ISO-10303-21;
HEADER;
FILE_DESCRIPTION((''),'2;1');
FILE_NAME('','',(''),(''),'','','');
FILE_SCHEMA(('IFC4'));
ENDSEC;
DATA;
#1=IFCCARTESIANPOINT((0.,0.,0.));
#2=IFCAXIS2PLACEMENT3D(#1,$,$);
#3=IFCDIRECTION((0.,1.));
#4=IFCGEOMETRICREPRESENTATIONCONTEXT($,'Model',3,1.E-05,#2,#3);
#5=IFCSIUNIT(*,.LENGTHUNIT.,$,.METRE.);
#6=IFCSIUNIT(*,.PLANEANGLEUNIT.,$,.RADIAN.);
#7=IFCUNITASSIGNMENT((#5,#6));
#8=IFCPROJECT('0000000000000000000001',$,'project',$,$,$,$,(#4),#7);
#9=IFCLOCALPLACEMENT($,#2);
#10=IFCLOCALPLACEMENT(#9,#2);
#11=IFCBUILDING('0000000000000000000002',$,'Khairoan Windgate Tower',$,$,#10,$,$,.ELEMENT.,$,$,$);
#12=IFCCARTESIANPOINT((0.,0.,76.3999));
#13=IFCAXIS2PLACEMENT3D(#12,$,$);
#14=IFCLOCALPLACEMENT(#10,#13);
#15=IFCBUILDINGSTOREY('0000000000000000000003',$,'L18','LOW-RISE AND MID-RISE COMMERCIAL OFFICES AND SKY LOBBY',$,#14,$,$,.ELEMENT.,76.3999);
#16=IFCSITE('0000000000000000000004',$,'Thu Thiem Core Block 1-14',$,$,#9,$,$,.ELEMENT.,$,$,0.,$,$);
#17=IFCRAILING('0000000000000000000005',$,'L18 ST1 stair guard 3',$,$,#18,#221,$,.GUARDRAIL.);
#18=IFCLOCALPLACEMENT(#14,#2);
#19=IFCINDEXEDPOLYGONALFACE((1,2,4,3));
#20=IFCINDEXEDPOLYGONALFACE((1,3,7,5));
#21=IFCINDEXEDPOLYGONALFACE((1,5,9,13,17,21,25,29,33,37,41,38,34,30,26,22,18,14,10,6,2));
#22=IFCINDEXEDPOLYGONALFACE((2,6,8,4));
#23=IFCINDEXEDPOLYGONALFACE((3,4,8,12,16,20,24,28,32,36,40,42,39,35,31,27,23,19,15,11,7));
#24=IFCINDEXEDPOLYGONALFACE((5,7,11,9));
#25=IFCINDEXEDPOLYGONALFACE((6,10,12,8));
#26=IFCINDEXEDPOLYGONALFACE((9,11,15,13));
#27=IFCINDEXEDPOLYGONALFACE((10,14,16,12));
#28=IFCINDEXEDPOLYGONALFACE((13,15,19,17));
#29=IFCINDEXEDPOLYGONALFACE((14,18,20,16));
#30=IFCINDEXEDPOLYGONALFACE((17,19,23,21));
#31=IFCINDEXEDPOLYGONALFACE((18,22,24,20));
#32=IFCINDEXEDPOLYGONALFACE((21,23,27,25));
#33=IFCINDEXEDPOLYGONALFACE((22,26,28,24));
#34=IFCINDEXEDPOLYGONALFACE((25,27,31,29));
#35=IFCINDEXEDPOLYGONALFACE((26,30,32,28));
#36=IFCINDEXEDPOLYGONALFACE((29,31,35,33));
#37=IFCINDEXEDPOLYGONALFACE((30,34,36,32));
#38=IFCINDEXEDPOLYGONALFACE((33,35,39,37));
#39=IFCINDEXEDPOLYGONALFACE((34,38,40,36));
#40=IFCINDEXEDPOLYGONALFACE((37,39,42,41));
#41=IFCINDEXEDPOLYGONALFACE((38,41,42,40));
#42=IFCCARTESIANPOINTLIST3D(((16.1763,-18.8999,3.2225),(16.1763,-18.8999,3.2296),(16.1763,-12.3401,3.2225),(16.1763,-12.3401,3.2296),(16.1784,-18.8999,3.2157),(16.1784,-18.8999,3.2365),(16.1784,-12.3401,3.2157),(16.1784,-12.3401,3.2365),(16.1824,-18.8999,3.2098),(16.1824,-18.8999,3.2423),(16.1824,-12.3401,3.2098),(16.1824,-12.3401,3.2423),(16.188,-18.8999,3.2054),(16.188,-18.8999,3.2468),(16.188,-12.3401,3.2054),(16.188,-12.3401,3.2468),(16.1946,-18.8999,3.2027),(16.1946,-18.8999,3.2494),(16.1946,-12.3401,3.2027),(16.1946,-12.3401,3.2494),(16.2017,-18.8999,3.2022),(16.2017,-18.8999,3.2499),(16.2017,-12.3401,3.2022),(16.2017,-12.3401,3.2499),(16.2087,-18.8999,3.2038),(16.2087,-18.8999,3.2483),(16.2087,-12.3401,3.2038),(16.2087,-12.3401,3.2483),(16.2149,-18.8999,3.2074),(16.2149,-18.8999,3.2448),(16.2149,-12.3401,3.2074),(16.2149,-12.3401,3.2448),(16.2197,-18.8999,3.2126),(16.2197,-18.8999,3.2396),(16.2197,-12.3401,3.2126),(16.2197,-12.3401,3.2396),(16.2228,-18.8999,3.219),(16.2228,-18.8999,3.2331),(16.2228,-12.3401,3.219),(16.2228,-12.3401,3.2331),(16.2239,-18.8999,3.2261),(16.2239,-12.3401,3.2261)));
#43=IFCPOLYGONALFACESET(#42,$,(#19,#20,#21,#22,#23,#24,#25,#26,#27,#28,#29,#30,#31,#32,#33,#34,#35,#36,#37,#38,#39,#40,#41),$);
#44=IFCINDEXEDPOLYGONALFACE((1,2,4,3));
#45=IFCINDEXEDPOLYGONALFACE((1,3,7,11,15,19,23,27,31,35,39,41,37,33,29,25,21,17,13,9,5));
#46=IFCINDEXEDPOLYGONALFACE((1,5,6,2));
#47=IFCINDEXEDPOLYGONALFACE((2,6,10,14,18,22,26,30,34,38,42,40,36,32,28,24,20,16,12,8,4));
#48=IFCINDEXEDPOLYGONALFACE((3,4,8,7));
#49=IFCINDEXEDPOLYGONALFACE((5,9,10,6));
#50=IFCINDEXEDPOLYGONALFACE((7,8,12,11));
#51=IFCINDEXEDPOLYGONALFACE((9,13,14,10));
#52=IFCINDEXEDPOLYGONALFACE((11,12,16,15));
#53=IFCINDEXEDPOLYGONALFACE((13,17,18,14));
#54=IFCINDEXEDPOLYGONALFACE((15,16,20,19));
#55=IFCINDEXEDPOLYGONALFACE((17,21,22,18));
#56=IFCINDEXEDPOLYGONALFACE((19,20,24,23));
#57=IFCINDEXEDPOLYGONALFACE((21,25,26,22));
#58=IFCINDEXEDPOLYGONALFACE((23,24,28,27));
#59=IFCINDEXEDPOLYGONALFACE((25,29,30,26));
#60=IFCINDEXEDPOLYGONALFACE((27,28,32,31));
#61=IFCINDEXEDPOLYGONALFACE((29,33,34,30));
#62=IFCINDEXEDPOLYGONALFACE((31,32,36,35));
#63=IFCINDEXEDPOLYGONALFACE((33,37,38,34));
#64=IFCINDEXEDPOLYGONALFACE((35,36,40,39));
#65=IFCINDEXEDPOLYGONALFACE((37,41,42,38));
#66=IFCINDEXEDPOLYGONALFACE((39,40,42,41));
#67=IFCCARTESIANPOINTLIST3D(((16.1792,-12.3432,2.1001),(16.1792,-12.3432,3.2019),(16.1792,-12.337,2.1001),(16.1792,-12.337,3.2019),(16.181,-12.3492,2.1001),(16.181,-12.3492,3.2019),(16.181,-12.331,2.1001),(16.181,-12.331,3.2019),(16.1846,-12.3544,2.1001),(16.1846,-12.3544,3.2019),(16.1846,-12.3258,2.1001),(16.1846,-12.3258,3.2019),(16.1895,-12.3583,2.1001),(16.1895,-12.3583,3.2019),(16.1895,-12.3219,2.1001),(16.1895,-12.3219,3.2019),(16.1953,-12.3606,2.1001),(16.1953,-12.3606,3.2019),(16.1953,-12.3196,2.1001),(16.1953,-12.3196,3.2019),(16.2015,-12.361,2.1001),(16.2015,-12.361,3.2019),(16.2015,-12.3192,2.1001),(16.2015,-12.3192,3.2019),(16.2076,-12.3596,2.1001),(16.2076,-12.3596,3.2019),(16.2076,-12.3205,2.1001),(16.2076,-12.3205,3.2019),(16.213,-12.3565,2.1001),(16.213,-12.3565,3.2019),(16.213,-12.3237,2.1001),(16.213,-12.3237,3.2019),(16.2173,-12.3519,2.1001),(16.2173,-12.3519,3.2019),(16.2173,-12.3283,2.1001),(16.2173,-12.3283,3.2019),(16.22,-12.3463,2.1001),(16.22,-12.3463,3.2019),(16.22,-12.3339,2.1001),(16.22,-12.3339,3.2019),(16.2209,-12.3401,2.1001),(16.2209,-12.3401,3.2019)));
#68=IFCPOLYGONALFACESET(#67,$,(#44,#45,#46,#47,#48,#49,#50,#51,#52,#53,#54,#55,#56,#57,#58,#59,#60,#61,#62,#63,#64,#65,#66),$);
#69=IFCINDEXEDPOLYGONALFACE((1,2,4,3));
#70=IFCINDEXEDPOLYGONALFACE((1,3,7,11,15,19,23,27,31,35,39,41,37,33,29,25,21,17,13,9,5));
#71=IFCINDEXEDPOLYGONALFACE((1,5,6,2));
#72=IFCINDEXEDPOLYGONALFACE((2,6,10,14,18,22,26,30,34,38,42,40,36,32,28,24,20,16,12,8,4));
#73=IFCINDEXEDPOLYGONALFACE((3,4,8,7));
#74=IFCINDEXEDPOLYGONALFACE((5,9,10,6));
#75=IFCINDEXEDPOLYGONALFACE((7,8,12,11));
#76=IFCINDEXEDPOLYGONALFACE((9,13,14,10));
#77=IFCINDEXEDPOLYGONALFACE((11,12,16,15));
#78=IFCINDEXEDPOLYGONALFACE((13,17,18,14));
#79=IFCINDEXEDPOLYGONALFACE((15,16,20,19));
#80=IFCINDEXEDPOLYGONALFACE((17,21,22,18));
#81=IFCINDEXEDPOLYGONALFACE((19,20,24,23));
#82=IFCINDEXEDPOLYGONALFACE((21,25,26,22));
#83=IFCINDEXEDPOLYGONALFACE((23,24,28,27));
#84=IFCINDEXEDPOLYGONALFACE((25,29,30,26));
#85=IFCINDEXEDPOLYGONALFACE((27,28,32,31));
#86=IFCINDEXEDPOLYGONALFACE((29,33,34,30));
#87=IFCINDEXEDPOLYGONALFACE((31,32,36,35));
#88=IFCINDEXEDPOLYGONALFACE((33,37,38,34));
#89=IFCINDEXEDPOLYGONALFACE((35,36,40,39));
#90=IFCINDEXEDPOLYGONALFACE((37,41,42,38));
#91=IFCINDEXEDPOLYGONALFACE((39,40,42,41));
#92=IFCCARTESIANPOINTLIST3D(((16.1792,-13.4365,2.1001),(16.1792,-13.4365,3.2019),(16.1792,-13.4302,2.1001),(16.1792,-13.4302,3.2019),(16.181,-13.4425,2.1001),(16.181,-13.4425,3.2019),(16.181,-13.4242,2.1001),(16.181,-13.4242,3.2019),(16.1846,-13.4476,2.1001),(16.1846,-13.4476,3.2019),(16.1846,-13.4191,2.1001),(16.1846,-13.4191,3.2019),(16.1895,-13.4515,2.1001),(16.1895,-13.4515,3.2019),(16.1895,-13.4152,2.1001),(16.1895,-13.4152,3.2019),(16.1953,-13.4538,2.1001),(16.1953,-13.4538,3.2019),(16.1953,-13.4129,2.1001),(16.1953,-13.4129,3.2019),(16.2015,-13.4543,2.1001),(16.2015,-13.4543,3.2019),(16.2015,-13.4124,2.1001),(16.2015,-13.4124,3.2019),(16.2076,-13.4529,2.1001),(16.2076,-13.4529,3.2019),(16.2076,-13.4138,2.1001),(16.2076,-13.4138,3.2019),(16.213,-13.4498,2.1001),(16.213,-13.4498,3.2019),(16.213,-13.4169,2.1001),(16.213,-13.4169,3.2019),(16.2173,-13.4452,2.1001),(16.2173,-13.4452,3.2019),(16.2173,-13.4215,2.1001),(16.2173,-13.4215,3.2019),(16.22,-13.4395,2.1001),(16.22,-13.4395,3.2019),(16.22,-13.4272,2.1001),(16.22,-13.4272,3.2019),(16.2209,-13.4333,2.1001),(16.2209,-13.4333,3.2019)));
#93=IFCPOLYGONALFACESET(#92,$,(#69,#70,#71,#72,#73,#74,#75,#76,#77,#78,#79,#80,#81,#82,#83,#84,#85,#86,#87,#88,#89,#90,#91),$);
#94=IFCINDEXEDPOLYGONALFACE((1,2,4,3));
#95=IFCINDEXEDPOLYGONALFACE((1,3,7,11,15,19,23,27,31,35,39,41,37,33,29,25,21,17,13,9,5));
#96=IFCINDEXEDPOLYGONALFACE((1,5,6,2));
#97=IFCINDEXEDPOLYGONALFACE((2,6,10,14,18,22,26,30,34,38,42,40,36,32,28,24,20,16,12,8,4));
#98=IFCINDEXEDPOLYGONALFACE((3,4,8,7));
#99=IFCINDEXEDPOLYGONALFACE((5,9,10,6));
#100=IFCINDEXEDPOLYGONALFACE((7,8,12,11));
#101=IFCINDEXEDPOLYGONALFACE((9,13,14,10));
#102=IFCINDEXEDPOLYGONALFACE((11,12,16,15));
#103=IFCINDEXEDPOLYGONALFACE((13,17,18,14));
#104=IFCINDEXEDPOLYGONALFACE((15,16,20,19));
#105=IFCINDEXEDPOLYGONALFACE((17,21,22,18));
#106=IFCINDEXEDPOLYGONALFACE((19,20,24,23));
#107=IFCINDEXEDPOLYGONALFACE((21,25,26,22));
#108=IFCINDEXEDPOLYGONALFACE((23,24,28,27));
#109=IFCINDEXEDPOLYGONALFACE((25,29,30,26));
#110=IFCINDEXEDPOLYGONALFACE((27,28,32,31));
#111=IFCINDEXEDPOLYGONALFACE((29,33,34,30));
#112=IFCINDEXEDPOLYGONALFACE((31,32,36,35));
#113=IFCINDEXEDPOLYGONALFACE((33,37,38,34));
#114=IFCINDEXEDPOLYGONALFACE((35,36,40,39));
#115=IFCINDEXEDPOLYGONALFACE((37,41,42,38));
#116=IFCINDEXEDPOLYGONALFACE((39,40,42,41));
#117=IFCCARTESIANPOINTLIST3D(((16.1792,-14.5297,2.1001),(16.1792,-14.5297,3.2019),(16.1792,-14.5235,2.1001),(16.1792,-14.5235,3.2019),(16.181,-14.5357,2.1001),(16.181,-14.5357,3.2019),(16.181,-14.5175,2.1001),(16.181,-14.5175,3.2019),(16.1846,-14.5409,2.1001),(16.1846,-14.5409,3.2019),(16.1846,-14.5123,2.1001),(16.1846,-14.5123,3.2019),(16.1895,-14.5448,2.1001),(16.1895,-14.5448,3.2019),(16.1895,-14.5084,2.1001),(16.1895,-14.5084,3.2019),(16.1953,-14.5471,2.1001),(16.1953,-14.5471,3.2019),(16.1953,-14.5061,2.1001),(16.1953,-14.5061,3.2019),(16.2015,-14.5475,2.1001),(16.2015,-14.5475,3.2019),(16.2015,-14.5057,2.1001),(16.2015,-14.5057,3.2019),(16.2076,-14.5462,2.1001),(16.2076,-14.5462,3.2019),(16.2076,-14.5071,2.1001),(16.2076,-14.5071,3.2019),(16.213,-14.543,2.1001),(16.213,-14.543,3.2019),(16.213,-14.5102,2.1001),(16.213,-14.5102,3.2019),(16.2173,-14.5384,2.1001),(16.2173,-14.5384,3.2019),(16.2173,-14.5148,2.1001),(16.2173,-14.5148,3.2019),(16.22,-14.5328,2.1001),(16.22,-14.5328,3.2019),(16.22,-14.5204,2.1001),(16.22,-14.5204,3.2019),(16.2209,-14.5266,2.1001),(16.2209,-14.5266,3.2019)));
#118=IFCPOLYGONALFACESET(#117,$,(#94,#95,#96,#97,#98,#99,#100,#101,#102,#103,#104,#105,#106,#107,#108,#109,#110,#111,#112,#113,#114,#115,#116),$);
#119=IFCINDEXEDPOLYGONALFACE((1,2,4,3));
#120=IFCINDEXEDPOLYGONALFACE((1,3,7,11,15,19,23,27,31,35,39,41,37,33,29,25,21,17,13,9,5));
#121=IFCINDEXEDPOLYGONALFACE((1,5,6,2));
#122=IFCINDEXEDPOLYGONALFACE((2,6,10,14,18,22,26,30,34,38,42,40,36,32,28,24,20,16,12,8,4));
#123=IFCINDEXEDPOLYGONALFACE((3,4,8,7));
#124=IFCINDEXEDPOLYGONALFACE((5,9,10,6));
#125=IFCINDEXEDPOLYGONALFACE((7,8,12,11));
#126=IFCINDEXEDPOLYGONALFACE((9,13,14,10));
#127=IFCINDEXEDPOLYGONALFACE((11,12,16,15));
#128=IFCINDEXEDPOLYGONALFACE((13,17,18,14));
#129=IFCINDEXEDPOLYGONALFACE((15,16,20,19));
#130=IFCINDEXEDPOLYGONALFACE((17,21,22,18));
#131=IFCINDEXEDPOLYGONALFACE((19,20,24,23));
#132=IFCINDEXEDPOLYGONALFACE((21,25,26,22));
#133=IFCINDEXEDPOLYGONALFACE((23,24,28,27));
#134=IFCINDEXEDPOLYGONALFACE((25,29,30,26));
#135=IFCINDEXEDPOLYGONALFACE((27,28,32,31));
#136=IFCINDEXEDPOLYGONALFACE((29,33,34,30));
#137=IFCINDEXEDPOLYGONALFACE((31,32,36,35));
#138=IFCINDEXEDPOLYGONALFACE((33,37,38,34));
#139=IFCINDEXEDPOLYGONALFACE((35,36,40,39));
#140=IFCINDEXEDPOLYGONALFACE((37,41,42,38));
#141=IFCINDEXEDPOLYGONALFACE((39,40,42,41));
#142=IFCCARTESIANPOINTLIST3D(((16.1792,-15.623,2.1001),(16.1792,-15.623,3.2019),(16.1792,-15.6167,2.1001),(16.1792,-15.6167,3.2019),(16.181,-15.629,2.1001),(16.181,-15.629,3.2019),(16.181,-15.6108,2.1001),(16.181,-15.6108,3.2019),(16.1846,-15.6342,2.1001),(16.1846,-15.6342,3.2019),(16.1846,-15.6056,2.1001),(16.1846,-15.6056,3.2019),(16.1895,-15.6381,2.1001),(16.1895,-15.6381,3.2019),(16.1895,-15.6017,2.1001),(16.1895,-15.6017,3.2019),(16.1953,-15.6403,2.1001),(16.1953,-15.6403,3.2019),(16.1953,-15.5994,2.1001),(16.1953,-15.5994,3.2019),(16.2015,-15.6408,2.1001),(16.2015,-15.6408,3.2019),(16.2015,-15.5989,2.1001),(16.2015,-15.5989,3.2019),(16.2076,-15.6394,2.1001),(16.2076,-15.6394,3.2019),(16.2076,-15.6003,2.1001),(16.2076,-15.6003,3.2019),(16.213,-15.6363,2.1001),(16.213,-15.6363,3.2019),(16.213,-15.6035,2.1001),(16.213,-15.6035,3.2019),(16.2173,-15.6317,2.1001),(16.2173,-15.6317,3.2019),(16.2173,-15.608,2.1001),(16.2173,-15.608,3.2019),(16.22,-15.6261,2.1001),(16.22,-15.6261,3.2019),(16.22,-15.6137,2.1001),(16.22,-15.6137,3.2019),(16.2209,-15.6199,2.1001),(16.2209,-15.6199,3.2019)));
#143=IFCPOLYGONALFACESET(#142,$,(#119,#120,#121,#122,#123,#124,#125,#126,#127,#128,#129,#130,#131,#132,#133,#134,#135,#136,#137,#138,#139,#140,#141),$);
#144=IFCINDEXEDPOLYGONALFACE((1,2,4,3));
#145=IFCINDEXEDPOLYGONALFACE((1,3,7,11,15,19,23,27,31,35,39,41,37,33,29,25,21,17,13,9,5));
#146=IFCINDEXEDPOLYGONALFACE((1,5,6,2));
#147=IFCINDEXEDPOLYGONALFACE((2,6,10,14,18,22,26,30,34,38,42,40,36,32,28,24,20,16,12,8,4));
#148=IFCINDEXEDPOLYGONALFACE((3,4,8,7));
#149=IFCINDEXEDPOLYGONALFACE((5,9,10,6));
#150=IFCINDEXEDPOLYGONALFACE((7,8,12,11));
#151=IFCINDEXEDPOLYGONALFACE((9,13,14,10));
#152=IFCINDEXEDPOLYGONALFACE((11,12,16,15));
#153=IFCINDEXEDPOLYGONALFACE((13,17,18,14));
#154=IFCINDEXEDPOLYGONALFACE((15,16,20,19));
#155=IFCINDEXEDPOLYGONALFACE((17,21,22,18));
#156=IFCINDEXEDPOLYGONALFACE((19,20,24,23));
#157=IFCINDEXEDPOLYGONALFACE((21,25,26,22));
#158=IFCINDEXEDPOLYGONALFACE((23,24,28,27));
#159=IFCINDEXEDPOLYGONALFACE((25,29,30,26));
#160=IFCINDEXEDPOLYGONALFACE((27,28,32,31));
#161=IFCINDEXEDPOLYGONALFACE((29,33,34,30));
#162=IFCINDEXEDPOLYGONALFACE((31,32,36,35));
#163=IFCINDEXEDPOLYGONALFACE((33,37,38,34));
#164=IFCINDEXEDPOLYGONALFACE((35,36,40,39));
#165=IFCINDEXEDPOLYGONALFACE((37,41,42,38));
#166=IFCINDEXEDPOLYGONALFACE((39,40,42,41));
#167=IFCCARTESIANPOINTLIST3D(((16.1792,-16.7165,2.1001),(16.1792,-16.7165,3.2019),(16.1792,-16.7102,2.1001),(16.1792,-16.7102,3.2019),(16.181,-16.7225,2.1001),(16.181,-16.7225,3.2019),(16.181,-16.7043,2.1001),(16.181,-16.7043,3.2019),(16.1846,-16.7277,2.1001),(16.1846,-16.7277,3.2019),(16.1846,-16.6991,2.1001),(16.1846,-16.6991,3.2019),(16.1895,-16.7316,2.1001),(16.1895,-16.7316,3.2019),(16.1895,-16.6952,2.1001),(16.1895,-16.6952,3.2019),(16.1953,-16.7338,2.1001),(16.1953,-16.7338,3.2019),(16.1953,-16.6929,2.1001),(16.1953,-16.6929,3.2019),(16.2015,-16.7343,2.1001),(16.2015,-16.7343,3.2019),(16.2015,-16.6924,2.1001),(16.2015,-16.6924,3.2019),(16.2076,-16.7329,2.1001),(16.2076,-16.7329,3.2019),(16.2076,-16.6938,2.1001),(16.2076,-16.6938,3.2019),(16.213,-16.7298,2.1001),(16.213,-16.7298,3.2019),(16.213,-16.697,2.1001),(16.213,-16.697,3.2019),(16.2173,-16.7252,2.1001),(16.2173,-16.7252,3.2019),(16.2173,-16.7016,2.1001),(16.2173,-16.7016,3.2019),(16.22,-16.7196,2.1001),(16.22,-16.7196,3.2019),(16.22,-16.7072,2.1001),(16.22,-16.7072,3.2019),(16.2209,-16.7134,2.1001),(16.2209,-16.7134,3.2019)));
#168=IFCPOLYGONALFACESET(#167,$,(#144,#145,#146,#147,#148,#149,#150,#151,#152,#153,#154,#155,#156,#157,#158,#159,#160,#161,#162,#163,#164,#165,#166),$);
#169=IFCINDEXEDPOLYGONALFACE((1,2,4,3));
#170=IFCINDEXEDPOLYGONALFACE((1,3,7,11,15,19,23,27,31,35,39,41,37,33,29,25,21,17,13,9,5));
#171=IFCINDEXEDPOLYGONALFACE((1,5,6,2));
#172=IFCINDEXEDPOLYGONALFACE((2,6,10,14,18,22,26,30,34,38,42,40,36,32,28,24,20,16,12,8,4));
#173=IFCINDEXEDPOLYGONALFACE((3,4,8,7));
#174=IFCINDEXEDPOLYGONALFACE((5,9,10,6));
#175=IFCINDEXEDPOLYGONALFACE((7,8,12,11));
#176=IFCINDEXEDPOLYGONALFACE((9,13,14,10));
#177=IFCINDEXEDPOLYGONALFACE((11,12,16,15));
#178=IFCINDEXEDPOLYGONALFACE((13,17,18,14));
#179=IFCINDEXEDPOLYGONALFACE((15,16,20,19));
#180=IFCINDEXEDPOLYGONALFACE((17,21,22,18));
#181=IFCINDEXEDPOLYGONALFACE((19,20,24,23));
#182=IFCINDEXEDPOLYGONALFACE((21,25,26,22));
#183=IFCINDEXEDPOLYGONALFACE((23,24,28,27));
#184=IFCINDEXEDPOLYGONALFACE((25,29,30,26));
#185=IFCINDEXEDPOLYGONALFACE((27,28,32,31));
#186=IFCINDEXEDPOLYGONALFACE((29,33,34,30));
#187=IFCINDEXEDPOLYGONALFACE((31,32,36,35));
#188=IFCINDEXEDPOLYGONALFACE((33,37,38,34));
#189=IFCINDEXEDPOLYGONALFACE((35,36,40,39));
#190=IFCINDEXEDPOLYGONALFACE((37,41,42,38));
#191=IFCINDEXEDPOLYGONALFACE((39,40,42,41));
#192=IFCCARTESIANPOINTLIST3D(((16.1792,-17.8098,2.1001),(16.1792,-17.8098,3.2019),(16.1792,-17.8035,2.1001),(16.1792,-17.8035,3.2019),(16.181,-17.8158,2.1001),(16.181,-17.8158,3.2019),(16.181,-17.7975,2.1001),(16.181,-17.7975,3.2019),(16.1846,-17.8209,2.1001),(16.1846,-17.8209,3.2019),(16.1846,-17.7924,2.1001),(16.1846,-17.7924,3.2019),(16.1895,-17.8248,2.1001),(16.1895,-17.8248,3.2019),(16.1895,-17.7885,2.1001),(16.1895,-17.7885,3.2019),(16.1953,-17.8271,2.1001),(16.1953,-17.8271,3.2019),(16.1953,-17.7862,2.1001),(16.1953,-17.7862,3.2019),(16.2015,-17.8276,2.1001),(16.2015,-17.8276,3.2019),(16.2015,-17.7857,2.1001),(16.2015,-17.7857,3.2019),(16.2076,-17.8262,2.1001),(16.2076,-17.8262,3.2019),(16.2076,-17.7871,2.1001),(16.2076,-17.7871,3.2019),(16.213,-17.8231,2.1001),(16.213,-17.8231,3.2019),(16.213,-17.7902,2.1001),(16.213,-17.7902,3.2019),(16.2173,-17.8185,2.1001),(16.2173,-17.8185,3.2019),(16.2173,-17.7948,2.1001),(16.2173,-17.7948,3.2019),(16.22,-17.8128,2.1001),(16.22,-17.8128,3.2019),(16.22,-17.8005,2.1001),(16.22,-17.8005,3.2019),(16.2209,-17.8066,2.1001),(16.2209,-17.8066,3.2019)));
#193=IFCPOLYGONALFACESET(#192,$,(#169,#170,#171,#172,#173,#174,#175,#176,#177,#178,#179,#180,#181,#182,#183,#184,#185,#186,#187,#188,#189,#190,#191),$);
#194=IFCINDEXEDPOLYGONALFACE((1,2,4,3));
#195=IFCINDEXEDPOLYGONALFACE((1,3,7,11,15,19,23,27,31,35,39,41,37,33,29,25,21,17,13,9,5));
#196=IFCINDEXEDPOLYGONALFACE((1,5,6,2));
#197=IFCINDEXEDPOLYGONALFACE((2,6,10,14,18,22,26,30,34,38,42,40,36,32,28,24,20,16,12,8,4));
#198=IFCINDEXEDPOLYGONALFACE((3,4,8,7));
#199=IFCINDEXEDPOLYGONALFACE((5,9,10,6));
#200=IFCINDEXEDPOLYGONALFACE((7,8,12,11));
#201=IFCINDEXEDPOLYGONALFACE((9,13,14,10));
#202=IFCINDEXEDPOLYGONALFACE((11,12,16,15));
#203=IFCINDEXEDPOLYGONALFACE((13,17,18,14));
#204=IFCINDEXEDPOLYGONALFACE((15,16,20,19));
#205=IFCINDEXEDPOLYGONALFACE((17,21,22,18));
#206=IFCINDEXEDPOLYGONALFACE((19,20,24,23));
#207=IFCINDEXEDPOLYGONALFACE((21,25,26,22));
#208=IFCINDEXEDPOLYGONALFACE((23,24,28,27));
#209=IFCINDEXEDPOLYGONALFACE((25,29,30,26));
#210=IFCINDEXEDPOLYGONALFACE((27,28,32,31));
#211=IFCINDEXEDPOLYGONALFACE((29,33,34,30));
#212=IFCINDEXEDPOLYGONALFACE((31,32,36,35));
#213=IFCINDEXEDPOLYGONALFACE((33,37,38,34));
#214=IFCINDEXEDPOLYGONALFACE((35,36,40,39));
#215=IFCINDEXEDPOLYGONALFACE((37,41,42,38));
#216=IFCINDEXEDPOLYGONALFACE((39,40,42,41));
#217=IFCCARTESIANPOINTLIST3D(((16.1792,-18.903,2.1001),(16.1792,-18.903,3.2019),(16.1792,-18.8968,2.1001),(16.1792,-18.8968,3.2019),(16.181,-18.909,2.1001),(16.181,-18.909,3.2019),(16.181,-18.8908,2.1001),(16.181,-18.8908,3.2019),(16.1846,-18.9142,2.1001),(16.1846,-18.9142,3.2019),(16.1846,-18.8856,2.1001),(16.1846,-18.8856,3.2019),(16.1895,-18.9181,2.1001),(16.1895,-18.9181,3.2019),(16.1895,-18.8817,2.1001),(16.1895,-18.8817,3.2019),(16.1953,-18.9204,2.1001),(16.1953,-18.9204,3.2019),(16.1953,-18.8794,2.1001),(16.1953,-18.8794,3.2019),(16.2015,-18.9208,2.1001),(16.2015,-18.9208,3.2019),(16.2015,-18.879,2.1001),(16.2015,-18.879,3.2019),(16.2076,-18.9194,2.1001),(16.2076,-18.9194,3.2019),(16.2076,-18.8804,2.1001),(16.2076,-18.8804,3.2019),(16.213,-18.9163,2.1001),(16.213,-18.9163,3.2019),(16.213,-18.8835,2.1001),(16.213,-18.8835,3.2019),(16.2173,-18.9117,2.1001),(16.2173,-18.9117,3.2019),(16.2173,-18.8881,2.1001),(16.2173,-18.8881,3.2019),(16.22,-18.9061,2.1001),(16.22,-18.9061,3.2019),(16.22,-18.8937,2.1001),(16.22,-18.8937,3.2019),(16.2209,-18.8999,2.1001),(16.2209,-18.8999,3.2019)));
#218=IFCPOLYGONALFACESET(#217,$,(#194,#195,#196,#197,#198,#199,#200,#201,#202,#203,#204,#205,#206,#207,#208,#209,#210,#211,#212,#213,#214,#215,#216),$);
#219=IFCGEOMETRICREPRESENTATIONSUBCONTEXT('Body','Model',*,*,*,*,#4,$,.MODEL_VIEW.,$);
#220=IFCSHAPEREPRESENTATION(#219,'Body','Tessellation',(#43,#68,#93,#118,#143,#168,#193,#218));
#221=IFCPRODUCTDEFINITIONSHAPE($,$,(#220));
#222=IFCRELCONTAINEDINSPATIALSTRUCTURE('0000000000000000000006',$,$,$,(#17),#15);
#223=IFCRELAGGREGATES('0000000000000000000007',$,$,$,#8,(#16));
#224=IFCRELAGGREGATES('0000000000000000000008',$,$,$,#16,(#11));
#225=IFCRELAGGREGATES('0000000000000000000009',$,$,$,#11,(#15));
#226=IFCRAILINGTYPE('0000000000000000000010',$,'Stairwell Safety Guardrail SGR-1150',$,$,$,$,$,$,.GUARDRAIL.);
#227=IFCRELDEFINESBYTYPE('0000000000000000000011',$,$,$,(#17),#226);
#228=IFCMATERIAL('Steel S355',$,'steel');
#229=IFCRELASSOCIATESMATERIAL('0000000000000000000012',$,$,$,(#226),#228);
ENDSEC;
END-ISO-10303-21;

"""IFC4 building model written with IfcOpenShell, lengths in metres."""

from ifc_helpers import new_model, si_unit, direction, frame, origin, origin_2d, place, context, subcontext, project, spatial, circle, extrude, material, type_object, element, save


model = new_model("IFC4")

# Units and contexts
model_context = context("Model", 3, precision=1e-05, world=origin(), true_north=direction((0.0, 1.0)))
body_context = subcontext(model_context, "Body", "Model", "MODEL_VIEW")
ifc_project = project(units=[si_unit("LENGTHUNIT", "METRE"), si_unit("PLANEANGLEUNIT", "RADIAN")], contexts=[model_context])

# Site, building, storey
site_placement = place(None, origin())
site = spatial("IfcSite", under=ifc_project, at=site_placement, Name="Thu Thiem Core Block 1-14", CompositionType="ELEMENT", RefElevation=0.0)
building_placement = place(site_placement, origin())
building = spatial("IfcBuilding", under=site, at=building_placement, Name="Khairoan Windgate Tower", CompositionType="ELEMENT")
storey_placement = place(building_placement, frame((0.0, 0.0, 76.3999)))
storey = spatial("IfcBuildingStorey", under=building, at=storey_placement, Name="L18", Description="LOW-RISE AND MID-RISE COMMERCIAL OFFICES AND SKY LOBBY", CompositionType="ELEMENT", Elevation=76.3999)

# Railing
ifc_material_1 = material(Name="Steel S355", Category="steel")
railing_type = type_object("IfcRailingType", Name="Stairwell Safety Guardrail SGR-1150", PredefinedType="GUARDRAIL", material=ifc_material_1)
railing_1_placement = place(storey_placement, frame((16.2, -12.3401, 2.1001)))
element("IfcRailing", 1, at=railing_1_placement, inside=storey, type_object=railing_type, Name="L18 ST1 stair guard 3", PredefinedType="GUARDRAIL", context=body_context, shape_type="SweptSolid", body=[
    extrude(circle(Radius=0.0239, at=origin_2d()), frame((0.0, 0.0, 1.126), z_axis=(0.0, -1.0, 0.0), x_axis=(1.0, 0.0, 0.0)), (0.0, 0.0, 1.0), 6.5598),
    extrude(circle(Radius=0.021, at=origin_2d()), origin(), (0.0, 0.0, 1.0), 1.1018),
    extrude(circle(Radius=0.021, at=origin_2d()), frame((0.0, -1.0933, 0.0)), (0.0, 0.0, 1.0), 1.1018),
    extrude(circle(Radius=0.021, at=origin_2d()), frame((0.0, -2.1865, 0.0)), (0.0, 0.0, 1.0), 1.1018),
    extrude(circle(Radius=0.021, at=origin_2d()), frame((0.0, -3.2798, 0.0)), (0.0, 0.0, 1.0), 1.1018),
    extrude(circle(Radius=0.021, at=origin_2d()), frame((0.0, -4.3733, 0.0)), (0.0, 0.0, 1.0), 1.1018),
    extrude(circle(Radius=0.021, at=origin_2d()), frame((0.0, -5.4666, 0.0)), (0.0, 0.0, 1.0), 1.1018),
    extrude(circle(Radius=0.021, at=origin_2d()), frame((0.0, -6.5598, 0.0)), (0.0, 0.0, 1.0), 1.1018),
])

save(model, "model.ifc")
